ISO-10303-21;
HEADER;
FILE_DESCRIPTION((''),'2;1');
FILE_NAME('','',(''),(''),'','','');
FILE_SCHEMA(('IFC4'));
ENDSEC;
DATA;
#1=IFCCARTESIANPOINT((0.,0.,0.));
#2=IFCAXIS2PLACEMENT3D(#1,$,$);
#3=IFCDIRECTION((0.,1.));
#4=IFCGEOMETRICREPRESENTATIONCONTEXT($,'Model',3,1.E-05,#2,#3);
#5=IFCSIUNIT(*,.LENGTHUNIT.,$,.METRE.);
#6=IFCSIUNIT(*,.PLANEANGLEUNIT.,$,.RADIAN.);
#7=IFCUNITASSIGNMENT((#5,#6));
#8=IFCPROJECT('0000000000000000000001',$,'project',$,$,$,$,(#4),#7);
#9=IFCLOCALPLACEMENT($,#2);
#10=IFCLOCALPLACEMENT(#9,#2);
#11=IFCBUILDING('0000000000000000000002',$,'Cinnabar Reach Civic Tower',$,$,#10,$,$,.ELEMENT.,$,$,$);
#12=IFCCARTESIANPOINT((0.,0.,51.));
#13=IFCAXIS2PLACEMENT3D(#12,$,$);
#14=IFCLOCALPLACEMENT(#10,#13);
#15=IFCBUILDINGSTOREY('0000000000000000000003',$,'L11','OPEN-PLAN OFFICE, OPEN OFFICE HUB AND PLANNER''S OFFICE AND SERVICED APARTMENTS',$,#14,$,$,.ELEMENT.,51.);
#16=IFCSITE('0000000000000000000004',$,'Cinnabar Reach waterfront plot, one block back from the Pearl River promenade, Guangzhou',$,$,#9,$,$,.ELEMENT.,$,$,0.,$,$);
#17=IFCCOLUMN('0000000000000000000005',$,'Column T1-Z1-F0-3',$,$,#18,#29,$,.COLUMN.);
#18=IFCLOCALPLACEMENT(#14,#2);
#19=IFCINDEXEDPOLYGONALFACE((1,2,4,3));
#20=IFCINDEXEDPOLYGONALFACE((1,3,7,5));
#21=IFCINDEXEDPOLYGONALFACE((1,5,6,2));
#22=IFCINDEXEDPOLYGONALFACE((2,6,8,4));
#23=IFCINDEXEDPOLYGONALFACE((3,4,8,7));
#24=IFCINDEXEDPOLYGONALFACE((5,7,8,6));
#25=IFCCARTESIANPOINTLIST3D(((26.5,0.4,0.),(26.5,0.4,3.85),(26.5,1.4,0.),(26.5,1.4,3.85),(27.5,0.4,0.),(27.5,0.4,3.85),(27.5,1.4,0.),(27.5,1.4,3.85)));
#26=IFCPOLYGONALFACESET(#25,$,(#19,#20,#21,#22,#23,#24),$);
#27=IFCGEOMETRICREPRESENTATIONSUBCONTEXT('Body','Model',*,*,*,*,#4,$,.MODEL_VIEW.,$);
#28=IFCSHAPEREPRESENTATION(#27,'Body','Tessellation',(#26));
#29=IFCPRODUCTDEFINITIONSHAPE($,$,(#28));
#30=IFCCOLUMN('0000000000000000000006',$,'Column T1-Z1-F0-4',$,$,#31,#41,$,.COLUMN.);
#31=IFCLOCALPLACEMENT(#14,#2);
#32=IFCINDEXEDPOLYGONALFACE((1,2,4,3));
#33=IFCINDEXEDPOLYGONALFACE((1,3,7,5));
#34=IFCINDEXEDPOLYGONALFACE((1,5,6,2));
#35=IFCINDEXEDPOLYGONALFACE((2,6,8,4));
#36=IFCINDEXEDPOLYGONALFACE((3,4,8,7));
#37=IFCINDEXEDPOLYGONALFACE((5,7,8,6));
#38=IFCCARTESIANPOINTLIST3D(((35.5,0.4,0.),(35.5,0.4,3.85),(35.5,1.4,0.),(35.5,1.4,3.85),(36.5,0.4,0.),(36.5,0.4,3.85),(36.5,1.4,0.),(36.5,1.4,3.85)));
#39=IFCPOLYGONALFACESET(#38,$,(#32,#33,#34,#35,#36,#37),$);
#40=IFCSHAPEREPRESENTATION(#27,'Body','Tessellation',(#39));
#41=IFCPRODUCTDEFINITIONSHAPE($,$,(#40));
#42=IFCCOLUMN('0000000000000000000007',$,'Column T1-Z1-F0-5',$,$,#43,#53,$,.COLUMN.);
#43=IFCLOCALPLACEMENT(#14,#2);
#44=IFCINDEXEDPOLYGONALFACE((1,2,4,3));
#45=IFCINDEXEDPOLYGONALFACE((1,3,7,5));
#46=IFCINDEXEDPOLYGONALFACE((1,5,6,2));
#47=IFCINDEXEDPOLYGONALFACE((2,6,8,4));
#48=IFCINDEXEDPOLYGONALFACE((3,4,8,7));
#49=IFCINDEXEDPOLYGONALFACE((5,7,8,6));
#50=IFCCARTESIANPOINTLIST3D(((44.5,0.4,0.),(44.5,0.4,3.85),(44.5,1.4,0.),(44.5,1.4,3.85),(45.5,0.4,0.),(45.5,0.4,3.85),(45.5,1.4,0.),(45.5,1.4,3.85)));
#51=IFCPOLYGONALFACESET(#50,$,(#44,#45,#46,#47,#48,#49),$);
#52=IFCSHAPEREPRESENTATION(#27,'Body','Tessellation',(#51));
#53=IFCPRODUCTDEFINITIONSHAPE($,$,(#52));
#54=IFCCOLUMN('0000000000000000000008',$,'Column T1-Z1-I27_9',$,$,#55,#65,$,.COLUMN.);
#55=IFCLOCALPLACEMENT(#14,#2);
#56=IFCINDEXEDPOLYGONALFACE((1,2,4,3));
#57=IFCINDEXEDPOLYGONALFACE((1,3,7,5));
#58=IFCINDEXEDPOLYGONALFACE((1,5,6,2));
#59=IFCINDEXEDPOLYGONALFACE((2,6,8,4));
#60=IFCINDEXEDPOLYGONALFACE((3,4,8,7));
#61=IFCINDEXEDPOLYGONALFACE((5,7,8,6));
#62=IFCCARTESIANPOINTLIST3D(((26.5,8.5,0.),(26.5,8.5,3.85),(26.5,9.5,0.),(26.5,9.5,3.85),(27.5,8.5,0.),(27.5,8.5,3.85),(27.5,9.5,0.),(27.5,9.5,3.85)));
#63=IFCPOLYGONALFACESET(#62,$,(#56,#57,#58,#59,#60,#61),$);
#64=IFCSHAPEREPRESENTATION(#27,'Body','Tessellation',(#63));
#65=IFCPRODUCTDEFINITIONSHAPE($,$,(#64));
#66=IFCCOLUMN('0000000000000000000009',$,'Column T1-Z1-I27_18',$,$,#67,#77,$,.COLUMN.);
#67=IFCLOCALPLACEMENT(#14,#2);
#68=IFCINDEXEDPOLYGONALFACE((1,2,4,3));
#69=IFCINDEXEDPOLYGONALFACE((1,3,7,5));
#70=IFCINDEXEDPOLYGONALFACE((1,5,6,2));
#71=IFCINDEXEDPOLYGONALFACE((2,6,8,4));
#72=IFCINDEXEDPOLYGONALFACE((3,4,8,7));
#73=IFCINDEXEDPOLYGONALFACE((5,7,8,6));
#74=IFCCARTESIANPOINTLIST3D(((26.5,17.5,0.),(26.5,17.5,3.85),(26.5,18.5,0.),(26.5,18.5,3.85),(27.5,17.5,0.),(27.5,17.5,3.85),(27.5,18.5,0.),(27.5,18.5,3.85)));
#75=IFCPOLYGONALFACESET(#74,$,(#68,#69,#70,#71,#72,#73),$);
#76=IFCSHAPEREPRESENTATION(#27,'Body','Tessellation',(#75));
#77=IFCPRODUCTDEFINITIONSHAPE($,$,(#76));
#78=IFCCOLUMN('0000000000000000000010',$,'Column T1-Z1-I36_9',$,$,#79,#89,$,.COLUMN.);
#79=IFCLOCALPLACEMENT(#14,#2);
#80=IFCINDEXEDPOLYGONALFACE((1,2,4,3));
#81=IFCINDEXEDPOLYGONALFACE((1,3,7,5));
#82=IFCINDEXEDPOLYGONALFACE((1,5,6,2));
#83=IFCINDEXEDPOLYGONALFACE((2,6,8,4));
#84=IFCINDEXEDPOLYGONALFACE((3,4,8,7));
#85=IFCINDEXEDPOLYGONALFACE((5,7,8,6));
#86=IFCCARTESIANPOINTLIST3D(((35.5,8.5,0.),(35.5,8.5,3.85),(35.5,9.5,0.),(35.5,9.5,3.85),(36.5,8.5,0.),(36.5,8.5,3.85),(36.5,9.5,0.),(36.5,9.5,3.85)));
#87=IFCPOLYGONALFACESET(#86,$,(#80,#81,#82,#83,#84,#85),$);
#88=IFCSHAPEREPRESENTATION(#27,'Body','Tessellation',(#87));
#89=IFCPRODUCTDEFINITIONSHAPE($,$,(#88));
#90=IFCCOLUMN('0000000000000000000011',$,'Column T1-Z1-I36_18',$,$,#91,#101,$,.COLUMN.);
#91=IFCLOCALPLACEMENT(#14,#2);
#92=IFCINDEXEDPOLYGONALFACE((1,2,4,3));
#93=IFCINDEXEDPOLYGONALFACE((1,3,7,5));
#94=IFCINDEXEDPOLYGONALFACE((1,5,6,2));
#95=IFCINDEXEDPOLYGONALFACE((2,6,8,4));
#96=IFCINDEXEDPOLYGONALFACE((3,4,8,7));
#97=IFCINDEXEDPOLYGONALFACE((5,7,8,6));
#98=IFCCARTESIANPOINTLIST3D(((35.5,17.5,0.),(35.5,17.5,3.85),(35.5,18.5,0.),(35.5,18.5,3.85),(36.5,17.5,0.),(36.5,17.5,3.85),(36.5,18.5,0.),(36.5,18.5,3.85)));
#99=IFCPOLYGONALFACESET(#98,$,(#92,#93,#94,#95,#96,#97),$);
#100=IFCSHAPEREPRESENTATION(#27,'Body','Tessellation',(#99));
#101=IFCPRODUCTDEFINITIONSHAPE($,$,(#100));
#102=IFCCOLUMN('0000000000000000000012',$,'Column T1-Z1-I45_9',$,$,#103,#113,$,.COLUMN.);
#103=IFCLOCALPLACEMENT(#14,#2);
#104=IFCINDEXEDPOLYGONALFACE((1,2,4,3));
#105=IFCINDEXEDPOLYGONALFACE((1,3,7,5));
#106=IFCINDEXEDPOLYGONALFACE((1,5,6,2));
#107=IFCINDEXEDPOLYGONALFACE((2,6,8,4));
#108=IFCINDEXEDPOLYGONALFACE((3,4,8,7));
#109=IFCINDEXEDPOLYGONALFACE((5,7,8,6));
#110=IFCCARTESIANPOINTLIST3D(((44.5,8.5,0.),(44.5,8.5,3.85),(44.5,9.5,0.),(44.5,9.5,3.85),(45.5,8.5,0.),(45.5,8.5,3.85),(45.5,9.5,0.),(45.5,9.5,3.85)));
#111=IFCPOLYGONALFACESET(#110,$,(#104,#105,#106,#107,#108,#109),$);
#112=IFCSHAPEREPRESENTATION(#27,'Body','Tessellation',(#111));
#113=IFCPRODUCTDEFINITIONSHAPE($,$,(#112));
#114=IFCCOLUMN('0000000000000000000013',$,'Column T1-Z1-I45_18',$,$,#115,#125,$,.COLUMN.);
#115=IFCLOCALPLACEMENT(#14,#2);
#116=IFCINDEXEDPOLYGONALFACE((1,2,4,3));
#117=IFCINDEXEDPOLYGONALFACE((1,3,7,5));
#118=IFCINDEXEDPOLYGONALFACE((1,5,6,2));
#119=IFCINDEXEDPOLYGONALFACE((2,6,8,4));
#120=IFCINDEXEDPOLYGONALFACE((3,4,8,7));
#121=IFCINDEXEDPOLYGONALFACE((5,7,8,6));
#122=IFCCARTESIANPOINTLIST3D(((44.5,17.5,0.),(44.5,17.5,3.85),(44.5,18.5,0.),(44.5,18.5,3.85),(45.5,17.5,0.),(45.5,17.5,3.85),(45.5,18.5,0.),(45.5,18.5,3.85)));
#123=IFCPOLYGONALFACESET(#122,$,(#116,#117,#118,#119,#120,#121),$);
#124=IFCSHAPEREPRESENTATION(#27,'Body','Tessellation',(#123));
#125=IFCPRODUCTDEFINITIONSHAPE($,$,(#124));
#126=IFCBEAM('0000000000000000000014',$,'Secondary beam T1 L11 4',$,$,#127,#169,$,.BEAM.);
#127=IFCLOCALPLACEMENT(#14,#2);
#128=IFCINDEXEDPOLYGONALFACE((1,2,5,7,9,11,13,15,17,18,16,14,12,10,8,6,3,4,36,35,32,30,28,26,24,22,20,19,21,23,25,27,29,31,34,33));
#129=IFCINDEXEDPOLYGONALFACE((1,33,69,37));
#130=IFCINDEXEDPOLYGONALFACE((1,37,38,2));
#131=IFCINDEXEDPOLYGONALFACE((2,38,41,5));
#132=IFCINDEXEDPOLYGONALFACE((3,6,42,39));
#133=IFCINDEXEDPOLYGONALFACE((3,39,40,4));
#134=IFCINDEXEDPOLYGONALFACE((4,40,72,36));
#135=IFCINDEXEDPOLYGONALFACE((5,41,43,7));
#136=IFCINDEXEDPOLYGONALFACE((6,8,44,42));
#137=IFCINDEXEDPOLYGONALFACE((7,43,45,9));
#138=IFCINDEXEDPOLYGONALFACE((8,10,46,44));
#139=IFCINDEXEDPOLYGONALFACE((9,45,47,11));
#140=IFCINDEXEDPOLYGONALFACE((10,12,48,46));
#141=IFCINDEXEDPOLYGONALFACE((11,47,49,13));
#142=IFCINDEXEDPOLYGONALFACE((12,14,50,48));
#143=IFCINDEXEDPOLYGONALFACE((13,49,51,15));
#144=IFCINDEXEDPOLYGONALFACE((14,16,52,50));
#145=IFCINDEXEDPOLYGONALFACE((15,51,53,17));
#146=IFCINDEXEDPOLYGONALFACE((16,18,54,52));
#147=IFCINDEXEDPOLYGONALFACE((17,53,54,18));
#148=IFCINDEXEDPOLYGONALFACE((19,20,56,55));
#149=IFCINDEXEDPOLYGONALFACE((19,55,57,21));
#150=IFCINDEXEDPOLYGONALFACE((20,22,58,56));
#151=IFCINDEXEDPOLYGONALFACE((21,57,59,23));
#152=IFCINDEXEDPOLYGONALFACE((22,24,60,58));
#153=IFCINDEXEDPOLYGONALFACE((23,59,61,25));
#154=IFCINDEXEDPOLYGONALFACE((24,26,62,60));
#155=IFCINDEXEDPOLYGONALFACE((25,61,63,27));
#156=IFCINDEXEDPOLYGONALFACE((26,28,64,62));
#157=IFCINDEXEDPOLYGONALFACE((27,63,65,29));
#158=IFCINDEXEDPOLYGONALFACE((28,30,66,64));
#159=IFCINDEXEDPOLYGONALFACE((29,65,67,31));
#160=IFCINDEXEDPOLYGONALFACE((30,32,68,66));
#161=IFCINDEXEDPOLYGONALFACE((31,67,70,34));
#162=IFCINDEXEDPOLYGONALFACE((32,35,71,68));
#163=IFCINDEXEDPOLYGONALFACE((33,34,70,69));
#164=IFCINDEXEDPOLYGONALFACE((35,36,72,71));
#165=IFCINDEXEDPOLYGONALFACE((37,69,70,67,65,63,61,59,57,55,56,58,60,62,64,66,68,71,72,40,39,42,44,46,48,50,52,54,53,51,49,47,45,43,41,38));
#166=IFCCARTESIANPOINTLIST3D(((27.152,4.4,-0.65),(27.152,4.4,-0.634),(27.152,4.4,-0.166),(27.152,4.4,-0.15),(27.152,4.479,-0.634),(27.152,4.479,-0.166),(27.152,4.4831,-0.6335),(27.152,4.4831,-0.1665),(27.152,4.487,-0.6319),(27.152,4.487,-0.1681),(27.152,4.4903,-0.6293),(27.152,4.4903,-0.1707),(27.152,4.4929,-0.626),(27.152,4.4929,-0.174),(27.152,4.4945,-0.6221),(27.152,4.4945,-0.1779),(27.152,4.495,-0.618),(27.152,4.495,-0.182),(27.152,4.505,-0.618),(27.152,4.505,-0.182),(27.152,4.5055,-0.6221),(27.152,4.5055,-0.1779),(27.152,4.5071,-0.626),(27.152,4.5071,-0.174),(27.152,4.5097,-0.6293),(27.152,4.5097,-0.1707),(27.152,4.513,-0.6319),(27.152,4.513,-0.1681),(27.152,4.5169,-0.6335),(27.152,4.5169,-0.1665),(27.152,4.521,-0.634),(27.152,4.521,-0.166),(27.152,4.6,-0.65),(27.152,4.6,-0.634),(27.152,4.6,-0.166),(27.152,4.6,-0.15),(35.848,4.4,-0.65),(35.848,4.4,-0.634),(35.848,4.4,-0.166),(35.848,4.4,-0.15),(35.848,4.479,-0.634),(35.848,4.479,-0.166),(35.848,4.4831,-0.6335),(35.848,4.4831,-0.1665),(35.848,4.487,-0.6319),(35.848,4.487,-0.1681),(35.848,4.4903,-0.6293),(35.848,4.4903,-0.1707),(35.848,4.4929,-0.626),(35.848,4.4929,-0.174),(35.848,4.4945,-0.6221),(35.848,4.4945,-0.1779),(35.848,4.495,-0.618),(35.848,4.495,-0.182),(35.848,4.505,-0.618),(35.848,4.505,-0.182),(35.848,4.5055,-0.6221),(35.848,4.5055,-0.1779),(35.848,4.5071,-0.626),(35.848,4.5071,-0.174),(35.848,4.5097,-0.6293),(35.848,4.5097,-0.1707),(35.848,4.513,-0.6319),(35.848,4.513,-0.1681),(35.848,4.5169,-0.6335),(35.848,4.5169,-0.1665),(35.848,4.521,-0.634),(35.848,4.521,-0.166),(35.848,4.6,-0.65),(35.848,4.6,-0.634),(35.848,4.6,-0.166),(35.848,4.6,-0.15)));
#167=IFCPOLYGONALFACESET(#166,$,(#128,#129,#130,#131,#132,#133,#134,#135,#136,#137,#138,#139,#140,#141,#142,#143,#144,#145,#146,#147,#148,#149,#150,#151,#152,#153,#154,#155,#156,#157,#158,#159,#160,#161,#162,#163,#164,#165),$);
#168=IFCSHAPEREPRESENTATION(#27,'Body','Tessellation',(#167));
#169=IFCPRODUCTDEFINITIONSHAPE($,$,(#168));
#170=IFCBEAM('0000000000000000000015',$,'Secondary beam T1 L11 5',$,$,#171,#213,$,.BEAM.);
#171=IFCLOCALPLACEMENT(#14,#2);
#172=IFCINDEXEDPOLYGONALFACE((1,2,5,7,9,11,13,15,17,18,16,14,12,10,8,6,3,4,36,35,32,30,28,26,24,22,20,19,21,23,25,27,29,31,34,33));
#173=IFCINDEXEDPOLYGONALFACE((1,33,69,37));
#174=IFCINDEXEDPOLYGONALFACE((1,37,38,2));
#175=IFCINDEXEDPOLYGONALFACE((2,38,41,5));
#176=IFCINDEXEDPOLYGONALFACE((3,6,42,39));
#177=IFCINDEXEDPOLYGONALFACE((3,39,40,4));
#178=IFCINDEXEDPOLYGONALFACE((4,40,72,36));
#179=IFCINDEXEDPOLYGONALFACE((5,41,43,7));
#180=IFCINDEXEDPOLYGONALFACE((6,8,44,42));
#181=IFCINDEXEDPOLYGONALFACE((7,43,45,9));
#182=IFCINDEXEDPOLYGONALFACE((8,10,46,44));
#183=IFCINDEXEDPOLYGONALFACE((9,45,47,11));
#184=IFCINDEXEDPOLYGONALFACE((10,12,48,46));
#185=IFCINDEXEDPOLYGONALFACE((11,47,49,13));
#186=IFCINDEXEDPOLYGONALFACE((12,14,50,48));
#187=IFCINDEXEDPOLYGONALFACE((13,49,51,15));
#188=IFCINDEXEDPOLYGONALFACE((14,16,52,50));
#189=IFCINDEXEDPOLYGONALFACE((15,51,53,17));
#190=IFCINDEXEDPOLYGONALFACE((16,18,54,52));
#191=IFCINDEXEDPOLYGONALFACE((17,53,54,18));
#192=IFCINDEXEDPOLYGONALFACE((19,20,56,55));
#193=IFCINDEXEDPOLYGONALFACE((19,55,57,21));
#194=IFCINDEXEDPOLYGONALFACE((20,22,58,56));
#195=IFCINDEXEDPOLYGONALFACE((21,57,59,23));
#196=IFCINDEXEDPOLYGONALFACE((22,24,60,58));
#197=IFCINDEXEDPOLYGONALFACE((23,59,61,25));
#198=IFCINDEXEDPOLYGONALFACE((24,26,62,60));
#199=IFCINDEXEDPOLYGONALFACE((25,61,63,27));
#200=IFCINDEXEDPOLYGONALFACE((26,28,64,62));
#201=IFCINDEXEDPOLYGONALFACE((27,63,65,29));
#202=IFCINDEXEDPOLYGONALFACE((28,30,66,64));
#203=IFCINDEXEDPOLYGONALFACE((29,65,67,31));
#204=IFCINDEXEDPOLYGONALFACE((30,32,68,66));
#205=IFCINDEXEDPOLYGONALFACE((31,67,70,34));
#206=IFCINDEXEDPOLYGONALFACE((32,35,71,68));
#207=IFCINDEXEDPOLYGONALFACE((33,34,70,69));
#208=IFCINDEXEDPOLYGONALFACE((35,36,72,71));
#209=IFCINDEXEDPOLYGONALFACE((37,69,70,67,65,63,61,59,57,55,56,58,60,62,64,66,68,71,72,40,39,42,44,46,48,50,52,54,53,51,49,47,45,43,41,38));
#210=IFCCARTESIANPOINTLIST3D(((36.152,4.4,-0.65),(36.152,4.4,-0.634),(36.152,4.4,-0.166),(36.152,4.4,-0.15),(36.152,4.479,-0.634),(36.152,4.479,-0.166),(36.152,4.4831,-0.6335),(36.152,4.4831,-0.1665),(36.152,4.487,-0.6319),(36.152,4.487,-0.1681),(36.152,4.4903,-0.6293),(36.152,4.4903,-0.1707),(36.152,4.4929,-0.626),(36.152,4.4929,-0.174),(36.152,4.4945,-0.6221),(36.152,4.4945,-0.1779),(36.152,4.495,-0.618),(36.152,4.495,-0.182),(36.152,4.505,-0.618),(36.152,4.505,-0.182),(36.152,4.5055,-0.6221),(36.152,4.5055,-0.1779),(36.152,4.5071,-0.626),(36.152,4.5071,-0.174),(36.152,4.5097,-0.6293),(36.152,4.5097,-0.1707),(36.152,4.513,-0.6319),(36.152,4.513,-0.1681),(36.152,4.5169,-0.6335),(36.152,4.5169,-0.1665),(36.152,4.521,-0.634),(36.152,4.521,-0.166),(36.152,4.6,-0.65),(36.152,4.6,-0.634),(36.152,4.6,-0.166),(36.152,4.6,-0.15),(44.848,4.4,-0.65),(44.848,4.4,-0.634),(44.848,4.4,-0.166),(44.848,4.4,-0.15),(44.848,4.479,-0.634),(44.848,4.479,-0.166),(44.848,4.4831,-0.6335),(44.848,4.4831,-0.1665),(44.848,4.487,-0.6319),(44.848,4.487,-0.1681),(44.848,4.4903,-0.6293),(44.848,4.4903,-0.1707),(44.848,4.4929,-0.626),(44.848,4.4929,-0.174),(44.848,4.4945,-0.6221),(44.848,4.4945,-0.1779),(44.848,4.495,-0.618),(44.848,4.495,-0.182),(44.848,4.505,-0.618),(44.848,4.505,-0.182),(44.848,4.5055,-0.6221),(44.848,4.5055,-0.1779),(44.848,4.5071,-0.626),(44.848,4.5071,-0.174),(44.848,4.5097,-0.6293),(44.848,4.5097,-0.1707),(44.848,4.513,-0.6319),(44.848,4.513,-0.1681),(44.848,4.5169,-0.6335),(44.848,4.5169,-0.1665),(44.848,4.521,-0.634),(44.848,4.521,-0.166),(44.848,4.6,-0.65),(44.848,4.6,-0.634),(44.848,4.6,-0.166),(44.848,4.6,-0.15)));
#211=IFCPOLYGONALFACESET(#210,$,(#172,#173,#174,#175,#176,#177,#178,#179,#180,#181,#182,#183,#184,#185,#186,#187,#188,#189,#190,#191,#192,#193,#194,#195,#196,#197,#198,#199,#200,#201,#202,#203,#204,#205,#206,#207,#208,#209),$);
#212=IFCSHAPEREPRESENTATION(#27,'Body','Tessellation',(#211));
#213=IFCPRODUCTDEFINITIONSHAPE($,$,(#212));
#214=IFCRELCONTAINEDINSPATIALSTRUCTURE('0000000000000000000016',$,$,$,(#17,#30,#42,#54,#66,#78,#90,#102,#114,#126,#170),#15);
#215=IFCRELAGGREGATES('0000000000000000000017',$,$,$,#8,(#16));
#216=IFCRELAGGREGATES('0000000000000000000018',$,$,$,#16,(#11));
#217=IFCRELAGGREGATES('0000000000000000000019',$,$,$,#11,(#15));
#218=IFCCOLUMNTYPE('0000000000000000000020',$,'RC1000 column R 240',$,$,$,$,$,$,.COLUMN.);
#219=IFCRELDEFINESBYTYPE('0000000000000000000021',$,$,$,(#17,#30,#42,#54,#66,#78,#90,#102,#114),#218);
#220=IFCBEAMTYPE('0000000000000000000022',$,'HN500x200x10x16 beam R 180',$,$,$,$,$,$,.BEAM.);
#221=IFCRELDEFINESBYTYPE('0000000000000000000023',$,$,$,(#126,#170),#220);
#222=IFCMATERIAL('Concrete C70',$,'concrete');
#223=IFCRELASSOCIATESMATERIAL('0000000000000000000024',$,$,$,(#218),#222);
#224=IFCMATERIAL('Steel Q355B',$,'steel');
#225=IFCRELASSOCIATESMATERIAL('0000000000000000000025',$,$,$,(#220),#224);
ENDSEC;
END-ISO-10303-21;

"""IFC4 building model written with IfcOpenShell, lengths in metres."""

from ifc_helpers import new_model, si_unit, direction, frame, origin, origin_2d, place, context, subcontext, project, spatial, rectangle, i_section, extrude, material, material_profile, profile_set, type_object, element, save


model = new_model("IFC4")

# Units and contexts
model_context = context("Model", 3, precision=1e-05, world=origin(), true_north=direction((0.0, 1.0)))
body_context = subcontext(model_context, "Body", "Model", "MODEL_VIEW")
ifc_project = project(units=[si_unit("LENGTHUNIT", "METRE"), si_unit("PLANEANGLEUNIT", "RADIAN")], contexts=[model_context])

# Site, building, storey
site_placement = place(None, origin())
site = spatial("IfcSite", under=ifc_project, at=site_placement, Name="Cinnabar Reach waterfront plot, one block back from the Pearl River promenade, Guangzhou", CompositionType="ELEMENT", RefElevation=0.0)
building_placement = place(site_placement, origin())
building = spatial("IfcBuilding", under=site, at=building_placement, Name="Cinnabar Reach Civic Tower", CompositionType="ELEMENT")
storey_placement = place(building_placement, frame((0.0, 0.0, 51.0)))
storey = spatial("IfcBuildingStorey", under=building, at=storey_placement, Name="L11", Description="OPEN-PLAN OFFICE, OPEN OFFICE HUB AND PLANNER'S OFFICE AND SERVICED APARTMENTS", CompositionType="ELEMENT", Elevation=51.0)

# Columns
ifc_material_1 = material(Name="Concrete C70", Category="concrete")
ifc_material_profile_1 = material_profile(ifc_material_1, rectangle(XDim=1.0, YDim=1.0, at=origin_2d()), Name="RC1000")
ifc_profile_set_1 = profile_set([ifc_material_profile_1], Name="Concrete C70")
column_type = type_object("IfcColumnType", Name="RC1000 column R 240", PredefinedType="COLUMN", material=ifc_profile_set_1)
for number, where, z_axis, x_axis, name in (
    (1, (27.0, 0.9, 0.0), (0.0, 0.0, 1.0), (1.0, 0.0, 0.0), "Column T1-Z1-F0-3"),
    (2, (36.0, 0.9, 0.0), (0.0, 0.0, 1.0), (1.0, 0.0, 0.0), "Column T1-Z1-F0-4"),
    (3, (45.0, 0.9, 0.0), (0.0, 0.0, 1.0), (1.0, 0.0, 0.0), "Column T1-Z1-F0-5"),
    (4, (27.0, 9.0, 0.0), (0.0, 0.0, 1.0), (1.0, 0.0, 0.0), "Column T1-Z1-I27_9"),
    (5, (27.0, 18.0, 0.0), (0.0, 0.0, 1.0), (1.0, 0.0, 0.0), "Column T1-Z1-I27_18"),
    (6, (36.0, 9.0, 0.0), (0.0, 0.0, 1.0), (1.0, 0.0, 0.0), "Column T1-Z1-I36_9"),
    (7, (36.0, 18.0, 0.0), (0.0, 0.0, 1.0), (1.0, 0.0, 0.0), "Column T1-Z1-I36_18"),
    (8, (45.0, 9.0, 0.0), (0.0, 0.0, 1.0), (1.0, 0.0, 0.0), "Column T1-Z1-I45_9"),
    (9, (45.0, 18.0, 0.0), (0.0, 0.0, 1.0), (1.0, 0.0, 0.0), "Column T1-Z1-I45_18"),
):
    element("IfcColumn", number, at=place(storey_placement, frame(where, z_axis=z_axis, x_axis=x_axis)), inside=storey, type_object=column_type, Name=name, PredefinedType="COLUMN", context=body_context, shape_type="SweptSolid", body=[
        extrude(rectangle(XDim=1.0, YDim=1.0, at=origin_2d()), origin(), (0.0, 0.0, 1.0), 3.85),
    ])

# Beams
ifc_material_2 = material(Name="Steel Q355B", Category="steel")
ifc_material_profile_2 = material_profile(ifc_material_2, i_section(OverallWidth=0.2, OverallDepth=0.5, WebThickness=0.01, FlangeThickness=0.016, FilletRadius=0.016, at=origin_2d()), Name="HN500x200x10x16")
ifc_profile_set_2 = profile_set([ifc_material_profile_2], Name="Steel Q355B")
beam_type_1 = type_object("IfcBeamType", Name="HN500x200x10x16 beam R 180", PredefinedType="BEAM", material=ifc_profile_set_2)
for number, where, z_axis, x_axis, name in (
    (10, (27.152, 4.5, -0.4), (1.0, 0.0, 0.0), (0.0, 1.0, 0.0), "Secondary beam T1 L11 4"),
    (11, (36.152, 4.5, -0.4), (1.0, 0.0, 0.0), (0.0, 1.0, 0.0), "Secondary beam T1 L11 5"),
):
    element("IfcBeam", number, at=place(storey_placement, frame(where, z_axis=z_axis, x_axis=x_axis)), inside=storey, type_object=beam_type_1, Name=name, PredefinedType="BEAM", context=body_context, shape_type="SweptSolid", body=[
        extrude(i_section(OverallWidth=0.2, OverallDepth=0.5, WebThickness=0.01, FlangeThickness=0.016, FilletRadius=0.016, at=origin_2d()), origin(), (0.0, 0.0, 1.0), 8.696),
    ])

save(model, "model.ifc")
